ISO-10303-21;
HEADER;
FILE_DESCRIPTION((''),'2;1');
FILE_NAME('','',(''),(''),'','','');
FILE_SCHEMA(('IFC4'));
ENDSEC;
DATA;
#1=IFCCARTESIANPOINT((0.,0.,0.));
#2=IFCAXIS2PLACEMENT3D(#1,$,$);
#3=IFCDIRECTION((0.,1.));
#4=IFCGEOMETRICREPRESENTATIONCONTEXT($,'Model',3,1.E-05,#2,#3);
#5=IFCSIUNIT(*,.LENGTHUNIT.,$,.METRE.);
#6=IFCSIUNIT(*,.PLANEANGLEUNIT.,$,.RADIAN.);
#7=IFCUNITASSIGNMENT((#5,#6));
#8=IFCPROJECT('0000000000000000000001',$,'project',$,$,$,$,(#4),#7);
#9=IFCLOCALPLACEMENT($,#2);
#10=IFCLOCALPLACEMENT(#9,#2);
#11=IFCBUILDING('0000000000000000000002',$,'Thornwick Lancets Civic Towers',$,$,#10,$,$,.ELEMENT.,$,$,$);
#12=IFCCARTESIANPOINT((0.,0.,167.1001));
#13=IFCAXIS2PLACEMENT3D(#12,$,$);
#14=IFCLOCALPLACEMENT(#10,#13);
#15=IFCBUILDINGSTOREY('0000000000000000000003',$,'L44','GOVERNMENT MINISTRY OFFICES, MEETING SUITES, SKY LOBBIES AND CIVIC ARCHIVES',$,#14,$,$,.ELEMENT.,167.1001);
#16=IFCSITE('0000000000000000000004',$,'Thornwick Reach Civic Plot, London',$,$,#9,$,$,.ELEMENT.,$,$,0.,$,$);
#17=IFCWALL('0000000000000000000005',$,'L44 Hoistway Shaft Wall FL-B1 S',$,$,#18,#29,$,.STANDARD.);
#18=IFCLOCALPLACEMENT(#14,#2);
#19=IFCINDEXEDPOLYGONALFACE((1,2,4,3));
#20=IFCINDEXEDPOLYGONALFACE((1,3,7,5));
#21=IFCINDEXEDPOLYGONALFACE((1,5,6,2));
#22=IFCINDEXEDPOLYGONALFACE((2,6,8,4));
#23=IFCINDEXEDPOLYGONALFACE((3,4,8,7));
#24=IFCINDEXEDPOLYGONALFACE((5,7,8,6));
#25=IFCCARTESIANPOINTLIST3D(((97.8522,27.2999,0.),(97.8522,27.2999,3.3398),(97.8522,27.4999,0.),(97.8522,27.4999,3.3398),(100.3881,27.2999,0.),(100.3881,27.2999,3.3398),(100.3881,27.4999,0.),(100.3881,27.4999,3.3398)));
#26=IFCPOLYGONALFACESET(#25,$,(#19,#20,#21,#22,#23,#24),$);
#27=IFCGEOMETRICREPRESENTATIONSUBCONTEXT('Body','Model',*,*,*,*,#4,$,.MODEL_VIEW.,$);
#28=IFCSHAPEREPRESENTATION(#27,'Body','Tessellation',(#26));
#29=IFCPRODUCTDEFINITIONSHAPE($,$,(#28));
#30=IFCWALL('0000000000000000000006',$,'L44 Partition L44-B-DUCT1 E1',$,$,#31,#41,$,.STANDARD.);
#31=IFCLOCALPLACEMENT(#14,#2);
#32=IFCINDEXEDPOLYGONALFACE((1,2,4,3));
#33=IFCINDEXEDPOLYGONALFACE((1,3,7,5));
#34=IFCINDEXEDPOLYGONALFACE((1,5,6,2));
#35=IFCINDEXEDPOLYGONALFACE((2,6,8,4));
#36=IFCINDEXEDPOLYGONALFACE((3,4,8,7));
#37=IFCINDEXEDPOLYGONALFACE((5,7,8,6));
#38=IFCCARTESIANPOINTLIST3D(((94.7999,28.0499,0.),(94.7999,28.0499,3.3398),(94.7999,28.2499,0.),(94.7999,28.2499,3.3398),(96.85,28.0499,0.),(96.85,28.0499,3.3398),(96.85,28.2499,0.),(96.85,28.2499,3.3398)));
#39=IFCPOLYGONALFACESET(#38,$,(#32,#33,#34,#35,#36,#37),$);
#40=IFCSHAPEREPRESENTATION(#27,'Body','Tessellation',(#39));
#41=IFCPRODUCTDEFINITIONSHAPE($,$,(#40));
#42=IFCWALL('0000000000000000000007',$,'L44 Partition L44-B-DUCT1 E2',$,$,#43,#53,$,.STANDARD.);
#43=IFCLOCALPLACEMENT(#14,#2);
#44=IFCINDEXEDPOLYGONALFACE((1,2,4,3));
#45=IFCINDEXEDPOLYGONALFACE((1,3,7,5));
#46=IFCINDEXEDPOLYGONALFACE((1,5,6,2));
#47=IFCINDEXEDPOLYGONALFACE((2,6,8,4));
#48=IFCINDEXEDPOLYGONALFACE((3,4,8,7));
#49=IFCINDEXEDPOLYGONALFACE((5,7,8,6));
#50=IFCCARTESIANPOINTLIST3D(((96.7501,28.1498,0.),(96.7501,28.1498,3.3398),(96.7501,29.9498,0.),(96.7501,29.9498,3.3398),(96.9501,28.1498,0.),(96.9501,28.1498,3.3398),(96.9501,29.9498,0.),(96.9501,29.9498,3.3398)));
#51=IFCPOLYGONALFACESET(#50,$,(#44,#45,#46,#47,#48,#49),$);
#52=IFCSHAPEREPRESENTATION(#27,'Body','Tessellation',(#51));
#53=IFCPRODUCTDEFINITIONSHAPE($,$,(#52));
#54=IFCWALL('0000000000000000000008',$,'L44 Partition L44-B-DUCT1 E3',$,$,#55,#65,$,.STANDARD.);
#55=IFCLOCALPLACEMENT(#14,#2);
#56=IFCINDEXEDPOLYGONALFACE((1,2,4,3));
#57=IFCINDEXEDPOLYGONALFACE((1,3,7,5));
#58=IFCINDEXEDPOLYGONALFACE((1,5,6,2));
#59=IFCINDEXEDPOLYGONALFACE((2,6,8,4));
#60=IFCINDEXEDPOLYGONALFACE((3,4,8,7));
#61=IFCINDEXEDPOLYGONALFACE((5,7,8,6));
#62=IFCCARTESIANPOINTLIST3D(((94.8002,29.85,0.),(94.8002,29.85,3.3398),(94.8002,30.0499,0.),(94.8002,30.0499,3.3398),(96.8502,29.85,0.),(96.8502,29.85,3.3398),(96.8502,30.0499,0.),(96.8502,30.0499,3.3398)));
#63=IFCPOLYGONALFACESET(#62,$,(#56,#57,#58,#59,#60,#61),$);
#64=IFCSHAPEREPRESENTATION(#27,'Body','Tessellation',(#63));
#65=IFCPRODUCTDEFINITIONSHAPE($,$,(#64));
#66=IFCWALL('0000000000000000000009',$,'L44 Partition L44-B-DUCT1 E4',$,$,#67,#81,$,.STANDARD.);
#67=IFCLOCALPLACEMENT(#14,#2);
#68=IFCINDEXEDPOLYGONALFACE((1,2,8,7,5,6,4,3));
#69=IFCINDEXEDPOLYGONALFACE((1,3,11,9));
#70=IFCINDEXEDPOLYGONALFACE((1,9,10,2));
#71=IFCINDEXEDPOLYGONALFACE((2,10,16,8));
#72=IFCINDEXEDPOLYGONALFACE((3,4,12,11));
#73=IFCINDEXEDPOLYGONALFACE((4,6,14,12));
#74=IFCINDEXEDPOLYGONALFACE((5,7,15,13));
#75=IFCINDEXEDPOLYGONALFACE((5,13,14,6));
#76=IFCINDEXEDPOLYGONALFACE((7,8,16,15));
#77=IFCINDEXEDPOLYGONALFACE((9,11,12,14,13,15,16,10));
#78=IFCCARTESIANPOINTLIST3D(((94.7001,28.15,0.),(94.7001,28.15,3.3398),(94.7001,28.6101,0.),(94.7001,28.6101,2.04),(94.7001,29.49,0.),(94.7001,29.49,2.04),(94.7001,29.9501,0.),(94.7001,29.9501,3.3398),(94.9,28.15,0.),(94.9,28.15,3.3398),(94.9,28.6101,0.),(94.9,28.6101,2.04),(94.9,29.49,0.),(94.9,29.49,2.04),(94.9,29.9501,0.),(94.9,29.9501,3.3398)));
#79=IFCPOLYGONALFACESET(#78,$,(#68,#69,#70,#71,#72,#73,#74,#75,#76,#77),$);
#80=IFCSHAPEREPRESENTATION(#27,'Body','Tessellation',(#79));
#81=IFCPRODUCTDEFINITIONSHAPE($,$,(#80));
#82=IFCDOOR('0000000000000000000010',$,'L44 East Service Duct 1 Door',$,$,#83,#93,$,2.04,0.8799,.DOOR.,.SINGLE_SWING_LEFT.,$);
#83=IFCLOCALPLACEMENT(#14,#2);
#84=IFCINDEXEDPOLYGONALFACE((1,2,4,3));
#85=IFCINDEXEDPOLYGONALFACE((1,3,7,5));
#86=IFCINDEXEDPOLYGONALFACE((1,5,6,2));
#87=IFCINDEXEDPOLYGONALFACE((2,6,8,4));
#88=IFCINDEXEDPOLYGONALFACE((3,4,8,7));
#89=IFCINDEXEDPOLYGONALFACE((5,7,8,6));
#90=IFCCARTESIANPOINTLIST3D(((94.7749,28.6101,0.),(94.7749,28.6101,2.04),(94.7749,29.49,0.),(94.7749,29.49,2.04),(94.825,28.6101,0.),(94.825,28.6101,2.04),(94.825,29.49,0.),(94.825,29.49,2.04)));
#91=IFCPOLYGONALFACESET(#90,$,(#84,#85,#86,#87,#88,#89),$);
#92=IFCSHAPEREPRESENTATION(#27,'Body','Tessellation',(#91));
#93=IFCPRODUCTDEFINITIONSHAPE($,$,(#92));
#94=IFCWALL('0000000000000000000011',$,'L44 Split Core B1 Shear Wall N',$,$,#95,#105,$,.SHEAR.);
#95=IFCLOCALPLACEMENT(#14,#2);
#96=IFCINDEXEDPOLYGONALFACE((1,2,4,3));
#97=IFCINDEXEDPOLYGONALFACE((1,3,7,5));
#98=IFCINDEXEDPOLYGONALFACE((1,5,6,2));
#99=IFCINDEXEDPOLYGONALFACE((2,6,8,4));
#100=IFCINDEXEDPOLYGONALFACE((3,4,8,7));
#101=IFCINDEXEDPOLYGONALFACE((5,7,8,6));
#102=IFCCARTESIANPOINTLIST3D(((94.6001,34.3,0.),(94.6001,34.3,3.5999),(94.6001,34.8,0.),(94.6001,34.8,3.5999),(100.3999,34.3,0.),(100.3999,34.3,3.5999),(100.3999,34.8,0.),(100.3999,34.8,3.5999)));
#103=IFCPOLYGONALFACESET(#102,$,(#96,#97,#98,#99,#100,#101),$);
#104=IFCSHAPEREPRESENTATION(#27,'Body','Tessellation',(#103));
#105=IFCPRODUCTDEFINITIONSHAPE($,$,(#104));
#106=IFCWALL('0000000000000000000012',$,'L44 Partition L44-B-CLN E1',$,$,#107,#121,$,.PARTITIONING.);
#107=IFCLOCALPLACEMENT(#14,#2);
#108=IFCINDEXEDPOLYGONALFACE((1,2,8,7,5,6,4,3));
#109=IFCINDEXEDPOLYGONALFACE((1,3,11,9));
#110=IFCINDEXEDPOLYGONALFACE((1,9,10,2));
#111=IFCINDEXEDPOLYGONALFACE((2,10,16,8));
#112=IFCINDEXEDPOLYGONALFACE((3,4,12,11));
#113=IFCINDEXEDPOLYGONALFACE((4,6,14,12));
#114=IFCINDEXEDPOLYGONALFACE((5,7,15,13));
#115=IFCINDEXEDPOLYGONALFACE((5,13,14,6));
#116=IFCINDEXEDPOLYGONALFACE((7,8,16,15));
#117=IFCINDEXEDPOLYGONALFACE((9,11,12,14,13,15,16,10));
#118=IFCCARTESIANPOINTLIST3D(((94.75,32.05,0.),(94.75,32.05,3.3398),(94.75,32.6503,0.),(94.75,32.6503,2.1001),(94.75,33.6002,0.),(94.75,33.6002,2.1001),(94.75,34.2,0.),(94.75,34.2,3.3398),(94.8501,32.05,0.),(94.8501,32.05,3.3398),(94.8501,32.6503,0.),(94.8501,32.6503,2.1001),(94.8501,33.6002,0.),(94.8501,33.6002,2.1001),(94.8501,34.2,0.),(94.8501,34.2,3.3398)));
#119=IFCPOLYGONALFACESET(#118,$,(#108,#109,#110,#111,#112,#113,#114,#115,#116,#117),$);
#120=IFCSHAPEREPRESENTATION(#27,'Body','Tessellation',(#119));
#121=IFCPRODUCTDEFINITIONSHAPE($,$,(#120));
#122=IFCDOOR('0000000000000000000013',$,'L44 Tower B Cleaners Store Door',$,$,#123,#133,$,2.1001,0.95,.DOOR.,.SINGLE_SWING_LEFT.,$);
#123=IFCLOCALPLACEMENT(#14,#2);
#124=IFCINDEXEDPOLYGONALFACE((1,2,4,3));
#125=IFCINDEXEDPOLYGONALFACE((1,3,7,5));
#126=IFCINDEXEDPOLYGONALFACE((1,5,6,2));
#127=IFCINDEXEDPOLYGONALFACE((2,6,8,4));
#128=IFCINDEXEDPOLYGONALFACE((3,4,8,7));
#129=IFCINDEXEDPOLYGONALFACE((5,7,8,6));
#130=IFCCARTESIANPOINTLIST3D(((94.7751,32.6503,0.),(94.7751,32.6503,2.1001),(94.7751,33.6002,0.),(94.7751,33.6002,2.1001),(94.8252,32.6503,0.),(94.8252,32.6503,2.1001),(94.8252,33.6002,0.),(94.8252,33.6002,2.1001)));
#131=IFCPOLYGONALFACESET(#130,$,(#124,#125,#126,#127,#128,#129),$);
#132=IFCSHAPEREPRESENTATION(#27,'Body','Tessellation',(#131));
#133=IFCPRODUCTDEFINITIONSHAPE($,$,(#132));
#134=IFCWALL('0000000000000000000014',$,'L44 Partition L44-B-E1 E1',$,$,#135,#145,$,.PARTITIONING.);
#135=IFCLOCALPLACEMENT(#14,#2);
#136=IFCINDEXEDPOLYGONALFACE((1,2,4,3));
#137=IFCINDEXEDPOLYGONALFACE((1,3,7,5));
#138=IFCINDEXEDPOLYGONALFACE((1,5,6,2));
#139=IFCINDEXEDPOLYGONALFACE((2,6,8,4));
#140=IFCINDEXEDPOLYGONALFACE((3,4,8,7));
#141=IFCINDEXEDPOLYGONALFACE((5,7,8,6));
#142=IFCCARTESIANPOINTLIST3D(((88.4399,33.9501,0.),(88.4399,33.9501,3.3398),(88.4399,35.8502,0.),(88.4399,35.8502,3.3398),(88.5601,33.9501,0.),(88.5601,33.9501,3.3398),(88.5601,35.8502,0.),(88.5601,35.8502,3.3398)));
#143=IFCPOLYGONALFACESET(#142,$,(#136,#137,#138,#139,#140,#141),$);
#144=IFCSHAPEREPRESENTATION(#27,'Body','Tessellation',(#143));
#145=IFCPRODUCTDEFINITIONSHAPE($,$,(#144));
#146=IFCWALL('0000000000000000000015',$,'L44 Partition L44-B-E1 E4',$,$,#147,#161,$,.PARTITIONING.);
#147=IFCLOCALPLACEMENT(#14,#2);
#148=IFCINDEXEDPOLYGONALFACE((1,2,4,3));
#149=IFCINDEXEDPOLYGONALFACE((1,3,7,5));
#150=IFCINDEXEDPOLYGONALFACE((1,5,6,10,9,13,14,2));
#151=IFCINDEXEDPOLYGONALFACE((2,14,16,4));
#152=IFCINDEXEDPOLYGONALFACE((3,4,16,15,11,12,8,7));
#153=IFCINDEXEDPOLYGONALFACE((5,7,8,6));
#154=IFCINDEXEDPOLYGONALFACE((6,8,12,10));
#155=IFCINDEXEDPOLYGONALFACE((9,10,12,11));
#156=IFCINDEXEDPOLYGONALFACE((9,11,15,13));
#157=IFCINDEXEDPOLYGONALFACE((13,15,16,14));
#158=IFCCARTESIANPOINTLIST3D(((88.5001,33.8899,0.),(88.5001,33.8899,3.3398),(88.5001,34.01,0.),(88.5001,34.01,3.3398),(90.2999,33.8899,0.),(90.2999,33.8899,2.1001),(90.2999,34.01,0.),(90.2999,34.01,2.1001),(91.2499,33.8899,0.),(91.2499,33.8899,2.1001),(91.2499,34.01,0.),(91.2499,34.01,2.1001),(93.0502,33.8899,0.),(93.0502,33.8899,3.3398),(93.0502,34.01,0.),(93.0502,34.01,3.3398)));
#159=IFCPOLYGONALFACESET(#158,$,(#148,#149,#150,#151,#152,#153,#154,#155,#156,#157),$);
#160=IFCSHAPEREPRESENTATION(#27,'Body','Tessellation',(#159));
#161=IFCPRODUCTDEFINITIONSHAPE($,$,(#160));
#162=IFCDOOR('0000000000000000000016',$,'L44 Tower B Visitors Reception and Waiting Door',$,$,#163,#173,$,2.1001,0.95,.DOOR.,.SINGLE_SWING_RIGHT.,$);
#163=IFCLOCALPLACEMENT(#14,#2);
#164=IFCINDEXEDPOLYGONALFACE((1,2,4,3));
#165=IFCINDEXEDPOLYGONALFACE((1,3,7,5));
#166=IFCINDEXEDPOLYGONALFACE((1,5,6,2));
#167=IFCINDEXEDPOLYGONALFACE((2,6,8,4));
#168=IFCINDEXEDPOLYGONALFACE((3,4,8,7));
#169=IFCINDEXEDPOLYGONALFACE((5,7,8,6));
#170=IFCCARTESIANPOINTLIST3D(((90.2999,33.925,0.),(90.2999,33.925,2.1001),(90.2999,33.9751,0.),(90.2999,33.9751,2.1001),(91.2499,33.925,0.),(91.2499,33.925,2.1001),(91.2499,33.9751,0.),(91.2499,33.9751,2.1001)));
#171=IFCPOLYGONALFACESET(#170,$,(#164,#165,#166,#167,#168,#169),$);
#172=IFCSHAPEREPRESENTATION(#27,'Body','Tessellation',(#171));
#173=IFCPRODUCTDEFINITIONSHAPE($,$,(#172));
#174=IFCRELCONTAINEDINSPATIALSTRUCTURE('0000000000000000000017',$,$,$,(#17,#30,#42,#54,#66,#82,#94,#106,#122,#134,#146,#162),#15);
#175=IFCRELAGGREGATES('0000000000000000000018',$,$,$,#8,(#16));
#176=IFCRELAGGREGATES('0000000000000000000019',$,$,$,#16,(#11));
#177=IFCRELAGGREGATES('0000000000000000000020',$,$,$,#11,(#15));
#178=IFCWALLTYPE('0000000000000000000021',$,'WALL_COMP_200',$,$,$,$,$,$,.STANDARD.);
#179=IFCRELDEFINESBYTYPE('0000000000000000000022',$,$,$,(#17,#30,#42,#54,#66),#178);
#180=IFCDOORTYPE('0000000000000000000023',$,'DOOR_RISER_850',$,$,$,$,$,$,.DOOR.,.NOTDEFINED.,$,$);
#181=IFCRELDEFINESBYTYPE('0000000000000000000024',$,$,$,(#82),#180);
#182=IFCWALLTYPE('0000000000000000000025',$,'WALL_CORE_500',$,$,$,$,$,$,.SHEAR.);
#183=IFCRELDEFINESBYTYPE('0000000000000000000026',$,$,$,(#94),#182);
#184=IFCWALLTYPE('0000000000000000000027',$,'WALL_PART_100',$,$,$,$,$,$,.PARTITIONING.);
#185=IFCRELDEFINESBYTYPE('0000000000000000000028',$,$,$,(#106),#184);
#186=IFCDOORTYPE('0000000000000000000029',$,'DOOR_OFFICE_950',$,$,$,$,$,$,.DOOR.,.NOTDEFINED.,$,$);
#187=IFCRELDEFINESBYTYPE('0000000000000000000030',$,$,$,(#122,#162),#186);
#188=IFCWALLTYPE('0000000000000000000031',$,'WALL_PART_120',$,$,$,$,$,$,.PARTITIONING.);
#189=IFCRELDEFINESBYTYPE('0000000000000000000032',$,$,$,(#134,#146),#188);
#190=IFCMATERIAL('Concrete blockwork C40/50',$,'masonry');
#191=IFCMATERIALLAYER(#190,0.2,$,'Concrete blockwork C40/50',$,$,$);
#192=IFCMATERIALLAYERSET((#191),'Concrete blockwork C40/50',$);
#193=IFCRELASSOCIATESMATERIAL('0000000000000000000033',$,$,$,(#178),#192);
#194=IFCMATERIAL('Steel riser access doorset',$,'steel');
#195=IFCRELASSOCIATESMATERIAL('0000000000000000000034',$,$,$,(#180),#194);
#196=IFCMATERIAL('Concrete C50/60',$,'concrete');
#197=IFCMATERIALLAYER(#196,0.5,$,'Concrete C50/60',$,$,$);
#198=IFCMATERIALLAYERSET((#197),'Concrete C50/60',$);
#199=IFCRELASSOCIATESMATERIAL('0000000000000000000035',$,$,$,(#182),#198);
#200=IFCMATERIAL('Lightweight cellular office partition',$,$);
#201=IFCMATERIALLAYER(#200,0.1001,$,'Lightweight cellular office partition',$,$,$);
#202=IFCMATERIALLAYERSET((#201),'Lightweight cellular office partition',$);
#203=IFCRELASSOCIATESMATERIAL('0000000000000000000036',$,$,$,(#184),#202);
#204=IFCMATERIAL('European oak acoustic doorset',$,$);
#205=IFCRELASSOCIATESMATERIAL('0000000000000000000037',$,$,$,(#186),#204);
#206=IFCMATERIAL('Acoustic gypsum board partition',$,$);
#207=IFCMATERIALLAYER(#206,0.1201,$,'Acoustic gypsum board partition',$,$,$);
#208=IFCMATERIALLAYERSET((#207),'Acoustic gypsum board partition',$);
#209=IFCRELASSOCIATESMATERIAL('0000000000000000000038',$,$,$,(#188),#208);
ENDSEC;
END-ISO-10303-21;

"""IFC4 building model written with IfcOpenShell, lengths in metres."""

from ifc_helpers import new_model, si_unit, direction, frame, frame_2d, origin, place, context, subcontext, project, spatial, rectangle, extrude, material, layer, layer_set, type_object, element, fill, save


model = new_model("IFC4")

# Units and contexts
model_context = context("Model", 3, precision=1e-05, world=origin(), true_north=direction((0.0, 1.0)))
body_context = subcontext(model_context, "Body", "Model", "MODEL_VIEW")
ifc_project = project(units=[si_unit("LENGTHUNIT", "METRE"), si_unit("PLANEANGLEUNIT", "RADIAN")], contexts=[model_context])

# Site, building, storey
site_placement = place(None, origin())
site = spatial("IfcSite", under=ifc_project, at=site_placement, Name="Thornwick Reach Civic Plot, London", CompositionType="ELEMENT", RefElevation=0.0)
building_placement = place(site_placement, origin())
building = spatial("IfcBuilding", under=site, at=building_placement, Name="Thornwick Lancets Civic Towers", CompositionType="ELEMENT")
storey_placement = place(building_placement, frame((0.0, 0.0, 167.1001)))
storey = spatial("IfcBuildingStorey", under=building, at=storey_placement, Name="L44", Description="GOVERNMENT MINISTRY OFFICES, MEETING SUITES, SKY LOBBIES AND CIVIC ARCHIVES", CompositionType="ELEMENT", Elevation=167.1001)

# Walls
ifc_material_1 = material(Name="Concrete blockwork C40/50", Category="masonry")
ifc_layer_1 = layer(ifc_material_1, 0.2, Name="Concrete blockwork C40/50")
ifc_layer_set_1 = layer_set([ifc_layer_1], Name="Concrete blockwork C40/50")
wall_type_1 = type_object("IfcWallType", Name="WALL_COMP_200", PredefinedType="STANDARD", material=ifc_layer_set_1)
wall_1_placement = place(storey_placement, frame((97.8521, 27.3999, 0.0), z_axis=(0.0, 0.0, 1.0), x_axis=(1.0, 0.0, 0.0)))
element("IfcWall", 1, at=wall_1_placement, inside=storey, type_object=wall_type_1, Name="L44 Hoistway Shaft Wall FL-B1 S", PredefinedType="STANDARD", context=body_context, shape_type="SweptSolid", body=[
    extrude(rectangle(XDim=2.5359, YDim=0.2, at=frame_2d((1.2681, 0.0))), origin(), (0.0, 0.0, 1.0), 3.3398),
])
wall_2_placement = place(storey_placement, frame((94.8, 28.1499, 0.0), z_axis=(0.0, 0.0, 1.0), x_axis=(1.0, 0.0, 0.0)))
element("IfcWall", 2, at=wall_2_placement, inside=storey, type_object=wall_type_1, Name="L44 Partition L44-B-DUCT1 E1", PredefinedType="STANDARD", context=body_context, shape_type="SweptSolid", body=[
    extrude(rectangle(XDim=2.05, YDim=0.2, at=frame_2d((1.0249, 0.0))), origin(), (0.0, 0.0, 1.0), 3.3398),
])
wall_3_placement = place(storey_placement, frame((96.8501, 28.1499, 0.0), z_axis=(0.0, 0.0, 1.0), x_axis=(0.0, 1.0, 0.0)))
element("IfcWall", 3, at=wall_3_placement, inside=storey, type_object=wall_type_1, Name="L44 Partition L44-B-DUCT1 E2", PredefinedType="STANDARD", context=body_context, shape_type="SweptSolid", body=[
    extrude(rectangle(XDim=1.8, YDim=0.2, at=frame_2d((0.8999, 0.0))), origin(), (0.0, 0.0, 1.0), 3.3398),
])
wall_4_placement = place(storey_placement, frame((96.8501, 29.95, 0.0), z_axis=(0.0, 0.0, 1.0), x_axis=(-1.0, 0.0, 0.0)))
element("IfcWall", 4, at=wall_4_placement, inside=storey, type_object=wall_type_1, Name="L44 Partition L44-B-DUCT1 E3", PredefinedType="STANDARD", context=body_context, shape_type="SweptSolid", body=[
    extrude(rectangle(XDim=2.05, YDim=0.2, at=frame_2d((1.0249, 0.0))), origin(), (0.0, 0.0, 1.0), 3.3398),
])

# Wall, opening, door
wall_5_placement = place(storey_placement, frame((94.8, 29.95, 0.0), z_axis=(0.0, 0.0, 1.0), x_axis=(0.0, -1.0, 0.0)))
wall_5 = element("IfcWall", 5, at=wall_5_placement, inside=storey, type_object=wall_type_1, Name="L44 Partition L44-B-DUCT1 E4", PredefinedType="STANDARD", context=body_context, shape_type="SweptSolid", body=[
    extrude(rectangle(XDim=1.8, YDim=0.2, at=frame_2d((0.8999, 0.0))), origin(), (0.0, 0.0, 1.0), 3.3398),
])
opening_1_placement = place(wall_5_placement, frame((0.46, 0.0, 0.0)))
opening_1 = element("IfcOpeningElement", 6, at=opening_1_placement, cuts=wall_5, PredefinedType="OPENING", context=body_context, shape_type="SweptSolid", body=[
    extrude(rectangle(XDim=0.8799, YDim=2.04, at=frame_2d((0.4399, 1.02))), frame((0.0, 0.1099, 0.0), z_axis=(0.0, -1.0, 0.0), x_axis=(1.0, 0.0, 0.0)), (0.0, 0.0, 1.0), 0.22),
])
ifc_material_2 = material(Name="Steel riser access doorset", Category="steel")
door_type_1 = type_object("IfcDoorType", Name="DOOR_RISER_850", OperationType="NOTDEFINED", PredefinedType="DOOR", material=ifc_material_2)
door_1_placement = place(opening_1_placement, origin())
door_1 = element("IfcDoor", 7, at=door_1_placement, inside=storey, type_object=door_type_1, Name="L44 East Service Duct 1 Door", OperationType="SINGLE_SWING_LEFT", OverallHeight=2.04, OverallWidth=0.8799, PredefinedType="DOOR", context=body_context, shape_type="SweptSolid", body=[
    extrude(rectangle(XDim=0.8799, YDim=2.04, at=frame_2d((0.4399, 1.02))), frame((0.0, 0.0249, 0.0), z_axis=(0.0, -1.0, 0.0), x_axis=(1.0, 0.0, 0.0)), (0.0, 0.0, 1.0), 0.05),
])
fill(opening_1, door_1)

# Wall
ifc_material_3 = material(Name="Concrete C50/60", Category="concrete")
ifc_layer_2 = layer(ifc_material_3, 0.5, Name="Concrete C50/60")
ifc_layer_set_2 = layer_set([ifc_layer_2], Name="Concrete C50/60")
wall_type_2 = type_object("IfcWallType", Name="WALL_CORE_500", PredefinedType="SHEAR", material=ifc_layer_set_2)
wall_6_placement = place(storey_placement, frame((94.6001, 34.55, 0.0), z_axis=(0.0, 0.0, 1.0), x_axis=(1.0, 0.0, 0.0)))
element("IfcWall", 8, at=wall_6_placement, inside=storey, type_object=wall_type_2, Name="L44 Split Core B1 Shear Wall N", PredefinedType="SHEAR", context=body_context, shape_type="SweptSolid", body=[
    extrude(rectangle(XDim=5.7998, YDim=0.5, at=frame_2d((2.8999, 0.0))), origin(), (0.0, 0.0, 1.0), 3.5999),
])

# Wall, opening, door
ifc_material_4 = material(Name="Lightweight cellular office partition")
ifc_layer_3 = layer(ifc_material_4, 0.1001, Name="Lightweight cellular office partition")
ifc_layer_set_3 = layer_set([ifc_layer_3], Name="Lightweight cellular office partition")
wall_type_3 = type_object("IfcWallType", Name="WALL_PART_100", PredefinedType="PARTITIONING", material=ifc_layer_set_3)
wall_7_placement = place(storey_placement, frame((94.8, 32.05, 0.0), z_axis=(0.0, 0.0, 1.0), x_axis=(0.0, 1.0, 0.0)))
wall_7 = element("IfcWall", 9, at=wall_7_placement, inside=storey, type_object=wall_type_3, Name="L44 Partition L44-B-CLN E1", PredefinedType="PARTITIONING", context=body_context, shape_type="SweptSolid", body=[
    extrude(rectangle(XDim=2.1499, YDim=0.1001, at=frame_2d((1.075, 0.0))), origin(), (0.0, 0.0, 1.0), 3.3398),
])
opening_2_placement = place(wall_7_placement, frame((0.6001, 0.0, 0.0)))
opening_2 = element("IfcOpeningElement", 10, at=opening_2_placement, cuts=wall_7, PredefinedType="OPENING", context=body_context, shape_type="SweptSolid", body=[
    extrude(rectangle(XDim=0.95, YDim=2.1001, at=frame_2d((0.4751, 1.05))), frame((0.0, 0.0601, 0.0), z_axis=(0.0, -1.0, 0.0), x_axis=(1.0, 0.0, 0.0)), (0.0, 0.0, 1.0), 0.1201),
])
ifc_material_5 = material(Name="European oak acoustic doorset")
door_type_2 = type_object("IfcDoorType", Name="DOOR_OFFICE_950", OperationType="NOTDEFINED", PredefinedType="DOOR", material=ifc_material_5)
door_2_placement = place(opening_2_placement, origin())
door_2 = element("IfcDoor", 11, at=door_2_placement, inside=storey, type_object=door_type_2, Name="L44 Tower B Cleaners Store Door", OperationType="SINGLE_SWING_LEFT", OverallHeight=2.1001, OverallWidth=0.95, PredefinedType="DOOR", context=body_context, shape_type="SweptSolid", body=[
    extrude(rectangle(XDim=0.95, YDim=2.1001, at=frame_2d((0.4751, 1.05))), frame((0.0, 0.0249, 0.0), z_axis=(0.0, -1.0, 0.0), x_axis=(1.0, 0.0, 0.0)), (0.0, 0.0, 1.0), 0.05),
])
fill(opening_2, door_2)

# Wall
ifc_material_6 = material(Name="Acoustic gypsum board partition")
ifc_layer_4 = layer(ifc_material_6, 0.1201, Name="Acoustic gypsum board partition")
ifc_layer_set_4 = layer_set([ifc_layer_4], Name="Acoustic gypsum board partition")
wall_type_4 = type_object("IfcWallType", Name="WALL_PART_120", PredefinedType="PARTITIONING", material=ifc_layer_set_4)
wall_8_placement = place(storey_placement, frame((88.5, 33.95, 0.0), z_axis=(0.0, 0.0, 1.0), x_axis=(0.0, 1.0, 0.0)))
element("IfcWall", 12, at=wall_8_placement, inside=storey, type_object=wall_type_4, Name="L44 Partition L44-B-E1 E1", PredefinedType="PARTITIONING", context=body_context, shape_type="SweptSolid", body=[
    extrude(rectangle(XDim=1.9001, YDim=0.1201, at=frame_2d((0.9502, 0.0))), origin(), (0.0, 0.0, 1.0), 3.3398),
])

# Wall, opening, door
wall_9_placement = place(storey_placement, frame((93.05, 33.95, 0.0), z_axis=(0.0, 0.0, 1.0), x_axis=(-1.0, 0.0, 0.0)))
wall_9 = element("IfcWall", 13, at=wall_9_placement, inside=storey, type_object=wall_type_4, Name="L44 Partition L44-B-E1 E4", PredefinedType="PARTITIONING", context=body_context, shape_type="SweptSolid", body=[
    extrude(rectangle(XDim=4.55, YDim=0.1201, at=frame_2d((2.2749, 0.0))), origin(), (0.0, 0.0, 1.0), 3.3398),
])
opening_3_placement = place(wall_9_placement, frame((1.8, 0.0, 0.0)))
opening_3 = element("IfcOpeningElement", 14, at=opening_3_placement, cuts=wall_9, PredefinedType="OPENING", context=body_context, shape_type="SweptSolid", body=[
    extrude(rectangle(XDim=0.95, YDim=2.1001, at=frame_2d((0.4751, 1.05))), frame((0.0, 0.0701, 0.0), z_axis=(0.0, -1.0, 0.0), x_axis=(1.0, 0.0, 0.0)), (0.0, 0.0, 1.0), 0.1401),
])
door_3_placement = place(opening_3_placement, origin())
door_3 = element("IfcDoor", 15, at=door_3_placement, inside=storey, type_object=door_type_2, Name="L44 Tower B Visitors Reception and Waiting Door", OperationType="SINGLE_SWING_RIGHT", OverallHeight=2.1001, OverallWidth=0.95, PredefinedType="DOOR", context=body_context, shape_type="SweptSolid", body=[
    extrude(rectangle(XDim=0.95, YDim=2.1001, at=frame_2d((0.4751, 1.05))), frame((0.0, 0.0249, 0.0), z_axis=(0.0, -1.0, 0.0), x_axis=(1.0, 0.0, 0.0)), (0.0, 0.0, 1.0), 0.05),
])
fill(opening_3, door_3)

save(model, "model.ifc")
